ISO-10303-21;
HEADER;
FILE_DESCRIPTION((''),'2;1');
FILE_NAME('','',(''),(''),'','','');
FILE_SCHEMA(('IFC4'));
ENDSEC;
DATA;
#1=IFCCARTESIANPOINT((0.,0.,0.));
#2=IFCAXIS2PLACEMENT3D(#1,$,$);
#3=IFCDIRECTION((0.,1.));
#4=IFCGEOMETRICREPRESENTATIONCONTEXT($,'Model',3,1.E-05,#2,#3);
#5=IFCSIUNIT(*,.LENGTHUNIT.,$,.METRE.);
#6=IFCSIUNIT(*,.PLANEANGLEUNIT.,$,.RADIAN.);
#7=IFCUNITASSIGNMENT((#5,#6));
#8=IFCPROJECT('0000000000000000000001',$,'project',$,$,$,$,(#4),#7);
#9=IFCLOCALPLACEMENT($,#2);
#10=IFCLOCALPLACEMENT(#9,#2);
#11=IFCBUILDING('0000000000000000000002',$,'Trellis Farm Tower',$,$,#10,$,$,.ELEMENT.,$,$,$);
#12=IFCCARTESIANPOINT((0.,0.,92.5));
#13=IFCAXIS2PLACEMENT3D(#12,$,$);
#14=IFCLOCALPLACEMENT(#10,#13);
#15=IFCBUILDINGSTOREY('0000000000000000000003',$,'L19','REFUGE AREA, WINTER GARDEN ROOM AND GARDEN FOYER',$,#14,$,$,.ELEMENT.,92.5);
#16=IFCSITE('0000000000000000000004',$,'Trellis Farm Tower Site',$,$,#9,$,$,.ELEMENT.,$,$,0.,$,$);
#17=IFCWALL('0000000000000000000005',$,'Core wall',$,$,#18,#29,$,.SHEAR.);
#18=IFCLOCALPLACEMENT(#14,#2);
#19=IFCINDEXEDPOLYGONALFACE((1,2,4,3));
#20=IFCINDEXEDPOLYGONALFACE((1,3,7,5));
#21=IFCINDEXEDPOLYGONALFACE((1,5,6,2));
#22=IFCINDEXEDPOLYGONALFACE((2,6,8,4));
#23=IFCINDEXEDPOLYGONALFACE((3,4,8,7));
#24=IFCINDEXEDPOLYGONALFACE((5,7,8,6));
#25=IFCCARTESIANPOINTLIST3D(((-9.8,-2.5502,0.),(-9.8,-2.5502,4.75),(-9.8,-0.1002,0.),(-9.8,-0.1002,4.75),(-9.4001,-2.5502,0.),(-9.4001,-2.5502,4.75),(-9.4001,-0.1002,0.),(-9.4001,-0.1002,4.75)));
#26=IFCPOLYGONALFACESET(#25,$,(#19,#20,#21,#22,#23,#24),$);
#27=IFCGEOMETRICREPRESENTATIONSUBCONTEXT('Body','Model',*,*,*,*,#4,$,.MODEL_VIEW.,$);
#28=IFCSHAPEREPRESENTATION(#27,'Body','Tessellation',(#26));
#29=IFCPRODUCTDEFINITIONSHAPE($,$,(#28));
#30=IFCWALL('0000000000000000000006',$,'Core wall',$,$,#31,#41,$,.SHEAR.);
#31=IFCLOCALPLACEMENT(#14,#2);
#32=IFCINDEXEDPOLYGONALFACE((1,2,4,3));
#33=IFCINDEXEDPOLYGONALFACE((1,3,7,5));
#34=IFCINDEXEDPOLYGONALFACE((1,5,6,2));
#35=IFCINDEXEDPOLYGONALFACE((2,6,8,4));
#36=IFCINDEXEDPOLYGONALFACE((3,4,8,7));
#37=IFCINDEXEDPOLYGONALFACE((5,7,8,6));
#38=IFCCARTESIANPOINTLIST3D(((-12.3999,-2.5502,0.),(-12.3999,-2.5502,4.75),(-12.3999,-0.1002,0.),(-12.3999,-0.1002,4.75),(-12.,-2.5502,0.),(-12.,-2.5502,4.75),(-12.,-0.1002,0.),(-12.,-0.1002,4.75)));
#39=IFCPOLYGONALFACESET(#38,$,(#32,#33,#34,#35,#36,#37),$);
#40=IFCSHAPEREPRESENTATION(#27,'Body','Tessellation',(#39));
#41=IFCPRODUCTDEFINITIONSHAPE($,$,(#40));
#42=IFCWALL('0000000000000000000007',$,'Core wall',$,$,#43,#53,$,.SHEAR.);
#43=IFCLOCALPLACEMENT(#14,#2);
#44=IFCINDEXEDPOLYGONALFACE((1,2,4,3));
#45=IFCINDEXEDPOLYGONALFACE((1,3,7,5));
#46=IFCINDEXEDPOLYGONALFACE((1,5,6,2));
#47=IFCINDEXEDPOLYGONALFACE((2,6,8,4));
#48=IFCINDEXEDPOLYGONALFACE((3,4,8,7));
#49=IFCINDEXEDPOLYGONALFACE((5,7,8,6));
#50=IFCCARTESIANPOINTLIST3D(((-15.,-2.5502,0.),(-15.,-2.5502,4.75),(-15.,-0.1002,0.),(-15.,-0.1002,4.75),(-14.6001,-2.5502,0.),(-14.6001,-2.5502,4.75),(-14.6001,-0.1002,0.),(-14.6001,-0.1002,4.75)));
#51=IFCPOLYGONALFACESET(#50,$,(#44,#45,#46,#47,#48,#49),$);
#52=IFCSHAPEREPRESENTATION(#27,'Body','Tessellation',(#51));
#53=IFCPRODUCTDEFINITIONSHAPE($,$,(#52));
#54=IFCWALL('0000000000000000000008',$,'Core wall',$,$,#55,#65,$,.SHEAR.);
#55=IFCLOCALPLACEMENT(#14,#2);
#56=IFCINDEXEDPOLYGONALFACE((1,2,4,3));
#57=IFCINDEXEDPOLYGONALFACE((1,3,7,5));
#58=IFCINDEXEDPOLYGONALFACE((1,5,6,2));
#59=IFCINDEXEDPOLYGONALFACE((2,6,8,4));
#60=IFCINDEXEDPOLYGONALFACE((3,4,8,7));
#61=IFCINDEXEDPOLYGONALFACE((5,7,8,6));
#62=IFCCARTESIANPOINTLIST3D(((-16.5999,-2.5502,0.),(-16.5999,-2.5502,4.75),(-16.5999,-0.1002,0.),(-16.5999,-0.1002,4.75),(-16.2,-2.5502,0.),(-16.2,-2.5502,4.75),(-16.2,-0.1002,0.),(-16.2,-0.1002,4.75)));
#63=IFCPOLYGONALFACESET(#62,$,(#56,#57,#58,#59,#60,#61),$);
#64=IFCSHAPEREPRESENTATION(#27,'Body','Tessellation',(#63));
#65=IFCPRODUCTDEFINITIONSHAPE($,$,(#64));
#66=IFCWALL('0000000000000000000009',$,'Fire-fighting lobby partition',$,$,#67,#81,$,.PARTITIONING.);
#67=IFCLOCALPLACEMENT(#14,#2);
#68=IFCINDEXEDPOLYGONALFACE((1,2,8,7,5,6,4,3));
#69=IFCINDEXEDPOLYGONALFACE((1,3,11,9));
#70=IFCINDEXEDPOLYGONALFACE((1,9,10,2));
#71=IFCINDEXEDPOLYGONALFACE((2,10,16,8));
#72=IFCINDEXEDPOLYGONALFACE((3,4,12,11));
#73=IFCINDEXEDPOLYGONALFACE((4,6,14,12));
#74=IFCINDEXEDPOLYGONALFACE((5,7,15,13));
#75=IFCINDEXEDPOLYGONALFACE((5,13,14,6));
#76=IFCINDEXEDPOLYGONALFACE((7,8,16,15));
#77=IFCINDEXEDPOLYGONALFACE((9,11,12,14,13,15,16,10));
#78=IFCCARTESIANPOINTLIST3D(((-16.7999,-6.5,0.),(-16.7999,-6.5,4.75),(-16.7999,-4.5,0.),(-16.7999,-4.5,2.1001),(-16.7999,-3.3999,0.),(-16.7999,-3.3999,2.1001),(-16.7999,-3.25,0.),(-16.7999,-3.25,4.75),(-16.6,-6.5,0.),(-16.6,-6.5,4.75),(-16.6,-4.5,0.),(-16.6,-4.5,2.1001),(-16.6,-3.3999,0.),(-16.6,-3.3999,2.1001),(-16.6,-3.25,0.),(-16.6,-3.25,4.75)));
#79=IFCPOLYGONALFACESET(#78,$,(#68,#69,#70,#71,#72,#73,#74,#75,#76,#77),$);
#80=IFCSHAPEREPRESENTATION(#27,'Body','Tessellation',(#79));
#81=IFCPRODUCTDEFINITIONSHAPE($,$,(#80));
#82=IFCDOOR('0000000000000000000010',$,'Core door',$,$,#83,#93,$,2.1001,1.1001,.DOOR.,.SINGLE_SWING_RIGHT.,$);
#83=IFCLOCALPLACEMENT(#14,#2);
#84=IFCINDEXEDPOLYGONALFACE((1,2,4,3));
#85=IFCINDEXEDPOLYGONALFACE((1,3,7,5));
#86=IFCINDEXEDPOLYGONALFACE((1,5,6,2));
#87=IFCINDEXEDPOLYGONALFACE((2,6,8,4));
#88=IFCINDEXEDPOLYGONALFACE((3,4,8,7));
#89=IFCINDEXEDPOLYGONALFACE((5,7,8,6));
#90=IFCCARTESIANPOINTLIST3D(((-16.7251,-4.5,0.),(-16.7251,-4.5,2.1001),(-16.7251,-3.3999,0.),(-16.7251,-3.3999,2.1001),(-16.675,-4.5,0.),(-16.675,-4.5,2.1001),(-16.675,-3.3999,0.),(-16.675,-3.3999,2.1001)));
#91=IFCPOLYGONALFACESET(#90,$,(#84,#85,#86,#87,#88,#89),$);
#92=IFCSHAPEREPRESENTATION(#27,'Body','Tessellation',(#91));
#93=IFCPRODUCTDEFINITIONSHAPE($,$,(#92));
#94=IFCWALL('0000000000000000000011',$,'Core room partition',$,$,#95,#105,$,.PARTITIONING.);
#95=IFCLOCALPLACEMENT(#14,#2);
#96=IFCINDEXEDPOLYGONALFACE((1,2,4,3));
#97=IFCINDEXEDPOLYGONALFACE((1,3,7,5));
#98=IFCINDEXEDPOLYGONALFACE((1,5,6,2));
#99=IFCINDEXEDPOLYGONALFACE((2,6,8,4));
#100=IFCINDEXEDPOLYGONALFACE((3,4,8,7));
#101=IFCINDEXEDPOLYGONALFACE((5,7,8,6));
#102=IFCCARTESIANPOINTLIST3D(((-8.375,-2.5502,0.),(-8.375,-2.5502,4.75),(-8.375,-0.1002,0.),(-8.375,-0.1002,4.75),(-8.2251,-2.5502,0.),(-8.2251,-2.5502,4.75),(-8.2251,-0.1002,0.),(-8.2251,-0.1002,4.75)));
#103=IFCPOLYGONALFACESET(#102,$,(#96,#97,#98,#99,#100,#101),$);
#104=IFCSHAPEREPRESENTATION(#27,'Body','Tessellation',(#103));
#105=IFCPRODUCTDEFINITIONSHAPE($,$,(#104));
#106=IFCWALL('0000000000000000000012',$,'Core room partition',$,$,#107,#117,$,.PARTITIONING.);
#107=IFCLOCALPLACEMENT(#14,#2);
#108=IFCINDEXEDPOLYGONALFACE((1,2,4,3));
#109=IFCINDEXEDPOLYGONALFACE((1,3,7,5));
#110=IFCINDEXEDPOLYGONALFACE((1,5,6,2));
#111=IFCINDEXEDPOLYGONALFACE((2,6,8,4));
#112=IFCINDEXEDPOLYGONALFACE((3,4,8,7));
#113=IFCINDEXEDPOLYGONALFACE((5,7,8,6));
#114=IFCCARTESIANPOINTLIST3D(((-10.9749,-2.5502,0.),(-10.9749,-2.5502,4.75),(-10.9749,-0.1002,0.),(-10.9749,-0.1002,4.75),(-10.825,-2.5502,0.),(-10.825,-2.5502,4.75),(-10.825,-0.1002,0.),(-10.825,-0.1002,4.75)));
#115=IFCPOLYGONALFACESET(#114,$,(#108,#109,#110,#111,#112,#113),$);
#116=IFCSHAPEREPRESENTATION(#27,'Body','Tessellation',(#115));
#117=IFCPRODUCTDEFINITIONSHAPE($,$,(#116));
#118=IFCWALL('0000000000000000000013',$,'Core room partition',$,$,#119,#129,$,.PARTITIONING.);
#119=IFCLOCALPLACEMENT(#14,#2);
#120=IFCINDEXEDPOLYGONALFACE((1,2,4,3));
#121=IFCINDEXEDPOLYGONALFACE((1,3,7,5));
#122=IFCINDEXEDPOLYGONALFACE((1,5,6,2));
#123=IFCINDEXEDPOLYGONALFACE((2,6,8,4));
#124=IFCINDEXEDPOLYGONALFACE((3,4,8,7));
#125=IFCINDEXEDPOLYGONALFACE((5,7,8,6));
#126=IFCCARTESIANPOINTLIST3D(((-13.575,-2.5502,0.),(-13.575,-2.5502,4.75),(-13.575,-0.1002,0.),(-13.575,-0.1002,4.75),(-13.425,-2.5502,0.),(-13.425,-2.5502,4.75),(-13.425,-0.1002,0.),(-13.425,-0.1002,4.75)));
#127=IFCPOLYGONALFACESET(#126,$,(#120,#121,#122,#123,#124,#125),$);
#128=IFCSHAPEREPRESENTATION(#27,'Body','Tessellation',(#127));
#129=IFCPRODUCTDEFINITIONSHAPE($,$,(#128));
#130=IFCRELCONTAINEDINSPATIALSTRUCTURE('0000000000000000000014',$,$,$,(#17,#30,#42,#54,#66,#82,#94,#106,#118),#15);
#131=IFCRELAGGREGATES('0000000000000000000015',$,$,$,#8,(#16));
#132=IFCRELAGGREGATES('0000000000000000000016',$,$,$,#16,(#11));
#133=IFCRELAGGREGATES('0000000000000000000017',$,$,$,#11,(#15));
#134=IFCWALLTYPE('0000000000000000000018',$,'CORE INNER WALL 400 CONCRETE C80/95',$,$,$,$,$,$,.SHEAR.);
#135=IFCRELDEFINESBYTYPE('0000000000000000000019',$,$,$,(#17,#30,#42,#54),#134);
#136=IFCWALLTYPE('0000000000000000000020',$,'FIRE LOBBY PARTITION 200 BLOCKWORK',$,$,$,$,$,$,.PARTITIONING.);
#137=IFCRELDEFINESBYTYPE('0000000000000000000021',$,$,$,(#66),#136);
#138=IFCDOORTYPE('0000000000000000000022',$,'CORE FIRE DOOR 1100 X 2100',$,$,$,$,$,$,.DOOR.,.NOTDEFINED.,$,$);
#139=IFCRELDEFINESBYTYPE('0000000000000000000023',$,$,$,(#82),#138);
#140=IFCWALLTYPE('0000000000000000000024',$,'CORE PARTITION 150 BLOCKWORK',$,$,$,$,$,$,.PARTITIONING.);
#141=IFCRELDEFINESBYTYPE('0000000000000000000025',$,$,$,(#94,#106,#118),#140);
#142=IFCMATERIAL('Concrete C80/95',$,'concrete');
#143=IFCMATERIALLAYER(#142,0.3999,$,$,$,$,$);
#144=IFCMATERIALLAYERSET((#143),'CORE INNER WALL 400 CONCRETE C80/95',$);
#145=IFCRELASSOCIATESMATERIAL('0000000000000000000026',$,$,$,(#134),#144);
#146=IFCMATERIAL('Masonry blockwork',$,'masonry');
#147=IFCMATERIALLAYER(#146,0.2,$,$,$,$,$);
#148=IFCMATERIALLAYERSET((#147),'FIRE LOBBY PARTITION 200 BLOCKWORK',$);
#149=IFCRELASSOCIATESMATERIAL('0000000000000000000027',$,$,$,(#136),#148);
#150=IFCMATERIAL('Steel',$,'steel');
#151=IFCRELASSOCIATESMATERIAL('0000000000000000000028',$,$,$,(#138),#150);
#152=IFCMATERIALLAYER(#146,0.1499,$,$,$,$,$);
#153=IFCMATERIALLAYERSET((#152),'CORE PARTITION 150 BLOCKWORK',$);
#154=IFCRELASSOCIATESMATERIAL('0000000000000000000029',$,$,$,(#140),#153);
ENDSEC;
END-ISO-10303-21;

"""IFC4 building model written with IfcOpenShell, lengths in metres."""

from ifc_helpers import new_model, si_unit, direction, frame, frame_2d, origin, place, context, subcontext, project, spatial, rectangle, extrude, source, transform, mapped, material, layer, layer_set, type_object, element, fill, save


model = new_model("IFC4")

# Units and contexts
model_context = context("Model", 3, precision=1e-05, world=origin(), true_north=direction((0.0, 1.0)))
body_context = subcontext(model_context, "Body", "Model", "MODEL_VIEW")
ifc_project = project(units=[si_unit("LENGTHUNIT", "METRE"), si_unit("PLANEANGLEUNIT", "RADIAN")], contexts=[model_context])

# Site, building, storey
site_placement = place(None, origin())
site = spatial("IfcSite", under=ifc_project, at=site_placement, Name="Trellis Farm Tower Site", CompositionType="ELEMENT", RefElevation=0.0)
building_placement = place(site_placement, origin())
building = spatial("IfcBuilding", under=site, at=building_placement, Name="Trellis Farm Tower", CompositionType="ELEMENT")
storey_placement = place(building_placement, frame((0.0, 0.0, 92.5)))
storey = spatial("IfcBuildingStorey", under=building, at=storey_placement, Name="L19", Description="REFUGE AREA, WINTER GARDEN ROOM AND GARDEN FOYER", CompositionType="ELEMENT", Elevation=92.5)

# Shared definitions
ifc_material_1 = material(Name="Concrete C80/95", Category="concrete")

# Walls
ifc_layer_1 = layer(ifc_material_1, 0.3999)
ifc_layer_set_1 = layer_set([ifc_layer_1], Name="CORE INNER WALL 400 CONCRETE C80/95")
wall_type_1 = type_object("IfcWallType", Name="CORE INNER WALL 400 CONCRETE C80/95", PredefinedType="SHEAR", material=ifc_layer_set_1)
shared_shape_1 = source(origin(), body_context, "Body", "SweptSolid", [
    extrude(rectangle(XDim=2.45, YDim=0.3999, at=frame_2d((1.2251, 0.0))), origin(), (0.0, 0.0, 1.0), 4.75),
])
for number, where, z_axis, x_axis, name in (
    (1, (-9.6001, -0.1001, 0.0), (0.0, 0.0, 1.0), (0.0, -1.0, 0.0), "Core wall"),
    (2, (-12.2, -0.1001, 0.0), (0.0, 0.0, 1.0), (0.0, -1.0, 0.0), "Core wall"),
    (3, (-14.8, -0.1001, 0.0), (0.0, 0.0, 1.0), (0.0, -1.0, 0.0), "Core wall"),
    (4, (-16.3999, -0.1001, 0.0), (0.0, 0.0, 1.0), (0.0, -1.0, 0.0), "Core wall"),
):
    element("IfcWall", number, at=place(storey_placement, frame(where, z_axis=z_axis, x_axis=x_axis)), inside=storey, type_object=wall_type_1, Name=name, PredefinedType="SHEAR", context=body_context, shape_type="MappedRepresentation", body=[
        mapped(shared_shape_1, transform((0.0, 0.0, 0.0))),
    ])

# Wall, opening, door
ifc_material_2 = material(Name="Masonry blockwork", Category="masonry")
ifc_layer_2 = layer(ifc_material_2, 0.2)
ifc_layer_set_2 = layer_set([ifc_layer_2], Name="FIRE LOBBY PARTITION 200 BLOCKWORK")
wall_type_2 = type_object("IfcWallType", Name="FIRE LOBBY PARTITION 200 BLOCKWORK", PredefinedType="PARTITIONING", material=ifc_layer_set_2)
shared_shape_2 = source(origin(), body_context, "Body", "SweptSolid", [
    extrude(rectangle(XDim=3.25, YDim=0.2, at=frame_2d((1.625, 0.0))), origin(), (0.0, 0.0, 1.0), 4.75),
])
wall_1_placement = place(storey_placement, frame((-16.7, -3.25, 0.0), z_axis=(0.0, 0.0, 1.0), x_axis=(0.0, -1.0, 0.0)))
wall_1 = element("IfcWall", 5, at=wall_1_placement, inside=storey, type_object=wall_type_2, Name="Fire-fighting lobby partition", PredefinedType="PARTITIONING", context=body_context, shape_type="MappedRepresentation", body=[
    mapped(shared_shape_2, transform((0.0, 0.0, 0.0))),
])
shared_shape_3 = source(origin(), body_context, "Body", "SweptSolid", [
    extrude(rectangle(XDim=1.1001, YDim=2.1001, at=frame_2d((0.55, 1.05))), frame((0.0, 0.1101, 0.0), z_axis=(0.0, -1.0, 0.0), x_axis=(1.0, 0.0, 0.0)), (0.0, 0.0, 1.0), 0.2202),
])
opening_1_placement = place(wall_1_placement, frame((0.1499, 0.0, 0.0)))
opening_1 = element("IfcOpeningElement", 6, at=opening_1_placement, cuts=wall_1, PredefinedType="OPENING", context=body_context, shape_type="MappedRepresentation", body=[
    mapped(shared_shape_3, transform((0.0, 0.0, 0.0))),
])
ifc_material_3 = material(Name="Steel", Category="steel")
door_type_1 = type_object("IfcDoorType", Name="CORE FIRE DOOR 1100 X 2100", OperationType="NOTDEFINED", PredefinedType="DOOR", material=ifc_material_3)
shared_shape_4 = source(origin(), body_context, "Body", "SweptSolid", [
    extrude(rectangle(XDim=1.1001, YDim=2.1001, at=frame_2d((0.55, 1.05))), frame((0.0, 0.0249, 0.0), z_axis=(0.0, -1.0, 0.0), x_axis=(1.0, 0.0, 0.0)), (0.0, 0.0, 1.0), 0.05),
])
door_1_placement = place(opening_1_placement, origin())
door_1 = element("IfcDoor", 7, at=door_1_placement, inside=storey, type_object=door_type_1, Name="Core door", OperationType="SINGLE_SWING_RIGHT", OverallHeight=2.1001, OverallWidth=1.1001, PredefinedType="DOOR", context=body_context, shape_type="MappedRepresentation", body=[
    mapped(shared_shape_4, transform((0.0, 0.0, 0.0))),
])
fill(opening_1, door_1)

# Walls
ifc_layer_3 = layer(ifc_material_2, 0.1499)
ifc_layer_set_3 = layer_set([ifc_layer_3], Name="CORE PARTITION 150 BLOCKWORK")
wall_type_3 = type_object("IfcWallType", Name="CORE PARTITION 150 BLOCKWORK", PredefinedType="PARTITIONING", material=ifc_layer_set_3)
shared_shape_5 = source(origin(), body_context, "Body", "SweptSolid", [
    extrude(rectangle(XDim=2.45, YDim=0.1499, at=frame_2d((1.2251, 0.0))), origin(), (0.0, 0.0, 1.0), 4.75),
])
for number, where, z_axis, x_axis, name in (
    (8, (-8.3, -0.1001, 0.0), (0.0, 0.0, 1.0), (0.0, -1.0, 0.0), "Core room partition"),
    (9, (-10.8999, -0.1001, 0.0), (0.0, 0.0, 1.0), (0.0, -1.0, 0.0), "Core room partition"),
    (10, (-13.5, -0.1001, 0.0), (0.0, 0.0, 1.0), (0.0, -1.0, 0.0), "Core room partition"),
):
    element("IfcWall", number, at=place(storey_placement, frame(where, z_axis=z_axis, x_axis=x_axis)), inside=storey, type_object=wall_type_3, Name=name, PredefinedType="PARTITIONING", context=body_context, shape_type="MappedRepresentation", body=[
        mapped(shared_shape_5, transform((0.0, 0.0, 0.0))),
    ])

save(model, "model.ifc")
